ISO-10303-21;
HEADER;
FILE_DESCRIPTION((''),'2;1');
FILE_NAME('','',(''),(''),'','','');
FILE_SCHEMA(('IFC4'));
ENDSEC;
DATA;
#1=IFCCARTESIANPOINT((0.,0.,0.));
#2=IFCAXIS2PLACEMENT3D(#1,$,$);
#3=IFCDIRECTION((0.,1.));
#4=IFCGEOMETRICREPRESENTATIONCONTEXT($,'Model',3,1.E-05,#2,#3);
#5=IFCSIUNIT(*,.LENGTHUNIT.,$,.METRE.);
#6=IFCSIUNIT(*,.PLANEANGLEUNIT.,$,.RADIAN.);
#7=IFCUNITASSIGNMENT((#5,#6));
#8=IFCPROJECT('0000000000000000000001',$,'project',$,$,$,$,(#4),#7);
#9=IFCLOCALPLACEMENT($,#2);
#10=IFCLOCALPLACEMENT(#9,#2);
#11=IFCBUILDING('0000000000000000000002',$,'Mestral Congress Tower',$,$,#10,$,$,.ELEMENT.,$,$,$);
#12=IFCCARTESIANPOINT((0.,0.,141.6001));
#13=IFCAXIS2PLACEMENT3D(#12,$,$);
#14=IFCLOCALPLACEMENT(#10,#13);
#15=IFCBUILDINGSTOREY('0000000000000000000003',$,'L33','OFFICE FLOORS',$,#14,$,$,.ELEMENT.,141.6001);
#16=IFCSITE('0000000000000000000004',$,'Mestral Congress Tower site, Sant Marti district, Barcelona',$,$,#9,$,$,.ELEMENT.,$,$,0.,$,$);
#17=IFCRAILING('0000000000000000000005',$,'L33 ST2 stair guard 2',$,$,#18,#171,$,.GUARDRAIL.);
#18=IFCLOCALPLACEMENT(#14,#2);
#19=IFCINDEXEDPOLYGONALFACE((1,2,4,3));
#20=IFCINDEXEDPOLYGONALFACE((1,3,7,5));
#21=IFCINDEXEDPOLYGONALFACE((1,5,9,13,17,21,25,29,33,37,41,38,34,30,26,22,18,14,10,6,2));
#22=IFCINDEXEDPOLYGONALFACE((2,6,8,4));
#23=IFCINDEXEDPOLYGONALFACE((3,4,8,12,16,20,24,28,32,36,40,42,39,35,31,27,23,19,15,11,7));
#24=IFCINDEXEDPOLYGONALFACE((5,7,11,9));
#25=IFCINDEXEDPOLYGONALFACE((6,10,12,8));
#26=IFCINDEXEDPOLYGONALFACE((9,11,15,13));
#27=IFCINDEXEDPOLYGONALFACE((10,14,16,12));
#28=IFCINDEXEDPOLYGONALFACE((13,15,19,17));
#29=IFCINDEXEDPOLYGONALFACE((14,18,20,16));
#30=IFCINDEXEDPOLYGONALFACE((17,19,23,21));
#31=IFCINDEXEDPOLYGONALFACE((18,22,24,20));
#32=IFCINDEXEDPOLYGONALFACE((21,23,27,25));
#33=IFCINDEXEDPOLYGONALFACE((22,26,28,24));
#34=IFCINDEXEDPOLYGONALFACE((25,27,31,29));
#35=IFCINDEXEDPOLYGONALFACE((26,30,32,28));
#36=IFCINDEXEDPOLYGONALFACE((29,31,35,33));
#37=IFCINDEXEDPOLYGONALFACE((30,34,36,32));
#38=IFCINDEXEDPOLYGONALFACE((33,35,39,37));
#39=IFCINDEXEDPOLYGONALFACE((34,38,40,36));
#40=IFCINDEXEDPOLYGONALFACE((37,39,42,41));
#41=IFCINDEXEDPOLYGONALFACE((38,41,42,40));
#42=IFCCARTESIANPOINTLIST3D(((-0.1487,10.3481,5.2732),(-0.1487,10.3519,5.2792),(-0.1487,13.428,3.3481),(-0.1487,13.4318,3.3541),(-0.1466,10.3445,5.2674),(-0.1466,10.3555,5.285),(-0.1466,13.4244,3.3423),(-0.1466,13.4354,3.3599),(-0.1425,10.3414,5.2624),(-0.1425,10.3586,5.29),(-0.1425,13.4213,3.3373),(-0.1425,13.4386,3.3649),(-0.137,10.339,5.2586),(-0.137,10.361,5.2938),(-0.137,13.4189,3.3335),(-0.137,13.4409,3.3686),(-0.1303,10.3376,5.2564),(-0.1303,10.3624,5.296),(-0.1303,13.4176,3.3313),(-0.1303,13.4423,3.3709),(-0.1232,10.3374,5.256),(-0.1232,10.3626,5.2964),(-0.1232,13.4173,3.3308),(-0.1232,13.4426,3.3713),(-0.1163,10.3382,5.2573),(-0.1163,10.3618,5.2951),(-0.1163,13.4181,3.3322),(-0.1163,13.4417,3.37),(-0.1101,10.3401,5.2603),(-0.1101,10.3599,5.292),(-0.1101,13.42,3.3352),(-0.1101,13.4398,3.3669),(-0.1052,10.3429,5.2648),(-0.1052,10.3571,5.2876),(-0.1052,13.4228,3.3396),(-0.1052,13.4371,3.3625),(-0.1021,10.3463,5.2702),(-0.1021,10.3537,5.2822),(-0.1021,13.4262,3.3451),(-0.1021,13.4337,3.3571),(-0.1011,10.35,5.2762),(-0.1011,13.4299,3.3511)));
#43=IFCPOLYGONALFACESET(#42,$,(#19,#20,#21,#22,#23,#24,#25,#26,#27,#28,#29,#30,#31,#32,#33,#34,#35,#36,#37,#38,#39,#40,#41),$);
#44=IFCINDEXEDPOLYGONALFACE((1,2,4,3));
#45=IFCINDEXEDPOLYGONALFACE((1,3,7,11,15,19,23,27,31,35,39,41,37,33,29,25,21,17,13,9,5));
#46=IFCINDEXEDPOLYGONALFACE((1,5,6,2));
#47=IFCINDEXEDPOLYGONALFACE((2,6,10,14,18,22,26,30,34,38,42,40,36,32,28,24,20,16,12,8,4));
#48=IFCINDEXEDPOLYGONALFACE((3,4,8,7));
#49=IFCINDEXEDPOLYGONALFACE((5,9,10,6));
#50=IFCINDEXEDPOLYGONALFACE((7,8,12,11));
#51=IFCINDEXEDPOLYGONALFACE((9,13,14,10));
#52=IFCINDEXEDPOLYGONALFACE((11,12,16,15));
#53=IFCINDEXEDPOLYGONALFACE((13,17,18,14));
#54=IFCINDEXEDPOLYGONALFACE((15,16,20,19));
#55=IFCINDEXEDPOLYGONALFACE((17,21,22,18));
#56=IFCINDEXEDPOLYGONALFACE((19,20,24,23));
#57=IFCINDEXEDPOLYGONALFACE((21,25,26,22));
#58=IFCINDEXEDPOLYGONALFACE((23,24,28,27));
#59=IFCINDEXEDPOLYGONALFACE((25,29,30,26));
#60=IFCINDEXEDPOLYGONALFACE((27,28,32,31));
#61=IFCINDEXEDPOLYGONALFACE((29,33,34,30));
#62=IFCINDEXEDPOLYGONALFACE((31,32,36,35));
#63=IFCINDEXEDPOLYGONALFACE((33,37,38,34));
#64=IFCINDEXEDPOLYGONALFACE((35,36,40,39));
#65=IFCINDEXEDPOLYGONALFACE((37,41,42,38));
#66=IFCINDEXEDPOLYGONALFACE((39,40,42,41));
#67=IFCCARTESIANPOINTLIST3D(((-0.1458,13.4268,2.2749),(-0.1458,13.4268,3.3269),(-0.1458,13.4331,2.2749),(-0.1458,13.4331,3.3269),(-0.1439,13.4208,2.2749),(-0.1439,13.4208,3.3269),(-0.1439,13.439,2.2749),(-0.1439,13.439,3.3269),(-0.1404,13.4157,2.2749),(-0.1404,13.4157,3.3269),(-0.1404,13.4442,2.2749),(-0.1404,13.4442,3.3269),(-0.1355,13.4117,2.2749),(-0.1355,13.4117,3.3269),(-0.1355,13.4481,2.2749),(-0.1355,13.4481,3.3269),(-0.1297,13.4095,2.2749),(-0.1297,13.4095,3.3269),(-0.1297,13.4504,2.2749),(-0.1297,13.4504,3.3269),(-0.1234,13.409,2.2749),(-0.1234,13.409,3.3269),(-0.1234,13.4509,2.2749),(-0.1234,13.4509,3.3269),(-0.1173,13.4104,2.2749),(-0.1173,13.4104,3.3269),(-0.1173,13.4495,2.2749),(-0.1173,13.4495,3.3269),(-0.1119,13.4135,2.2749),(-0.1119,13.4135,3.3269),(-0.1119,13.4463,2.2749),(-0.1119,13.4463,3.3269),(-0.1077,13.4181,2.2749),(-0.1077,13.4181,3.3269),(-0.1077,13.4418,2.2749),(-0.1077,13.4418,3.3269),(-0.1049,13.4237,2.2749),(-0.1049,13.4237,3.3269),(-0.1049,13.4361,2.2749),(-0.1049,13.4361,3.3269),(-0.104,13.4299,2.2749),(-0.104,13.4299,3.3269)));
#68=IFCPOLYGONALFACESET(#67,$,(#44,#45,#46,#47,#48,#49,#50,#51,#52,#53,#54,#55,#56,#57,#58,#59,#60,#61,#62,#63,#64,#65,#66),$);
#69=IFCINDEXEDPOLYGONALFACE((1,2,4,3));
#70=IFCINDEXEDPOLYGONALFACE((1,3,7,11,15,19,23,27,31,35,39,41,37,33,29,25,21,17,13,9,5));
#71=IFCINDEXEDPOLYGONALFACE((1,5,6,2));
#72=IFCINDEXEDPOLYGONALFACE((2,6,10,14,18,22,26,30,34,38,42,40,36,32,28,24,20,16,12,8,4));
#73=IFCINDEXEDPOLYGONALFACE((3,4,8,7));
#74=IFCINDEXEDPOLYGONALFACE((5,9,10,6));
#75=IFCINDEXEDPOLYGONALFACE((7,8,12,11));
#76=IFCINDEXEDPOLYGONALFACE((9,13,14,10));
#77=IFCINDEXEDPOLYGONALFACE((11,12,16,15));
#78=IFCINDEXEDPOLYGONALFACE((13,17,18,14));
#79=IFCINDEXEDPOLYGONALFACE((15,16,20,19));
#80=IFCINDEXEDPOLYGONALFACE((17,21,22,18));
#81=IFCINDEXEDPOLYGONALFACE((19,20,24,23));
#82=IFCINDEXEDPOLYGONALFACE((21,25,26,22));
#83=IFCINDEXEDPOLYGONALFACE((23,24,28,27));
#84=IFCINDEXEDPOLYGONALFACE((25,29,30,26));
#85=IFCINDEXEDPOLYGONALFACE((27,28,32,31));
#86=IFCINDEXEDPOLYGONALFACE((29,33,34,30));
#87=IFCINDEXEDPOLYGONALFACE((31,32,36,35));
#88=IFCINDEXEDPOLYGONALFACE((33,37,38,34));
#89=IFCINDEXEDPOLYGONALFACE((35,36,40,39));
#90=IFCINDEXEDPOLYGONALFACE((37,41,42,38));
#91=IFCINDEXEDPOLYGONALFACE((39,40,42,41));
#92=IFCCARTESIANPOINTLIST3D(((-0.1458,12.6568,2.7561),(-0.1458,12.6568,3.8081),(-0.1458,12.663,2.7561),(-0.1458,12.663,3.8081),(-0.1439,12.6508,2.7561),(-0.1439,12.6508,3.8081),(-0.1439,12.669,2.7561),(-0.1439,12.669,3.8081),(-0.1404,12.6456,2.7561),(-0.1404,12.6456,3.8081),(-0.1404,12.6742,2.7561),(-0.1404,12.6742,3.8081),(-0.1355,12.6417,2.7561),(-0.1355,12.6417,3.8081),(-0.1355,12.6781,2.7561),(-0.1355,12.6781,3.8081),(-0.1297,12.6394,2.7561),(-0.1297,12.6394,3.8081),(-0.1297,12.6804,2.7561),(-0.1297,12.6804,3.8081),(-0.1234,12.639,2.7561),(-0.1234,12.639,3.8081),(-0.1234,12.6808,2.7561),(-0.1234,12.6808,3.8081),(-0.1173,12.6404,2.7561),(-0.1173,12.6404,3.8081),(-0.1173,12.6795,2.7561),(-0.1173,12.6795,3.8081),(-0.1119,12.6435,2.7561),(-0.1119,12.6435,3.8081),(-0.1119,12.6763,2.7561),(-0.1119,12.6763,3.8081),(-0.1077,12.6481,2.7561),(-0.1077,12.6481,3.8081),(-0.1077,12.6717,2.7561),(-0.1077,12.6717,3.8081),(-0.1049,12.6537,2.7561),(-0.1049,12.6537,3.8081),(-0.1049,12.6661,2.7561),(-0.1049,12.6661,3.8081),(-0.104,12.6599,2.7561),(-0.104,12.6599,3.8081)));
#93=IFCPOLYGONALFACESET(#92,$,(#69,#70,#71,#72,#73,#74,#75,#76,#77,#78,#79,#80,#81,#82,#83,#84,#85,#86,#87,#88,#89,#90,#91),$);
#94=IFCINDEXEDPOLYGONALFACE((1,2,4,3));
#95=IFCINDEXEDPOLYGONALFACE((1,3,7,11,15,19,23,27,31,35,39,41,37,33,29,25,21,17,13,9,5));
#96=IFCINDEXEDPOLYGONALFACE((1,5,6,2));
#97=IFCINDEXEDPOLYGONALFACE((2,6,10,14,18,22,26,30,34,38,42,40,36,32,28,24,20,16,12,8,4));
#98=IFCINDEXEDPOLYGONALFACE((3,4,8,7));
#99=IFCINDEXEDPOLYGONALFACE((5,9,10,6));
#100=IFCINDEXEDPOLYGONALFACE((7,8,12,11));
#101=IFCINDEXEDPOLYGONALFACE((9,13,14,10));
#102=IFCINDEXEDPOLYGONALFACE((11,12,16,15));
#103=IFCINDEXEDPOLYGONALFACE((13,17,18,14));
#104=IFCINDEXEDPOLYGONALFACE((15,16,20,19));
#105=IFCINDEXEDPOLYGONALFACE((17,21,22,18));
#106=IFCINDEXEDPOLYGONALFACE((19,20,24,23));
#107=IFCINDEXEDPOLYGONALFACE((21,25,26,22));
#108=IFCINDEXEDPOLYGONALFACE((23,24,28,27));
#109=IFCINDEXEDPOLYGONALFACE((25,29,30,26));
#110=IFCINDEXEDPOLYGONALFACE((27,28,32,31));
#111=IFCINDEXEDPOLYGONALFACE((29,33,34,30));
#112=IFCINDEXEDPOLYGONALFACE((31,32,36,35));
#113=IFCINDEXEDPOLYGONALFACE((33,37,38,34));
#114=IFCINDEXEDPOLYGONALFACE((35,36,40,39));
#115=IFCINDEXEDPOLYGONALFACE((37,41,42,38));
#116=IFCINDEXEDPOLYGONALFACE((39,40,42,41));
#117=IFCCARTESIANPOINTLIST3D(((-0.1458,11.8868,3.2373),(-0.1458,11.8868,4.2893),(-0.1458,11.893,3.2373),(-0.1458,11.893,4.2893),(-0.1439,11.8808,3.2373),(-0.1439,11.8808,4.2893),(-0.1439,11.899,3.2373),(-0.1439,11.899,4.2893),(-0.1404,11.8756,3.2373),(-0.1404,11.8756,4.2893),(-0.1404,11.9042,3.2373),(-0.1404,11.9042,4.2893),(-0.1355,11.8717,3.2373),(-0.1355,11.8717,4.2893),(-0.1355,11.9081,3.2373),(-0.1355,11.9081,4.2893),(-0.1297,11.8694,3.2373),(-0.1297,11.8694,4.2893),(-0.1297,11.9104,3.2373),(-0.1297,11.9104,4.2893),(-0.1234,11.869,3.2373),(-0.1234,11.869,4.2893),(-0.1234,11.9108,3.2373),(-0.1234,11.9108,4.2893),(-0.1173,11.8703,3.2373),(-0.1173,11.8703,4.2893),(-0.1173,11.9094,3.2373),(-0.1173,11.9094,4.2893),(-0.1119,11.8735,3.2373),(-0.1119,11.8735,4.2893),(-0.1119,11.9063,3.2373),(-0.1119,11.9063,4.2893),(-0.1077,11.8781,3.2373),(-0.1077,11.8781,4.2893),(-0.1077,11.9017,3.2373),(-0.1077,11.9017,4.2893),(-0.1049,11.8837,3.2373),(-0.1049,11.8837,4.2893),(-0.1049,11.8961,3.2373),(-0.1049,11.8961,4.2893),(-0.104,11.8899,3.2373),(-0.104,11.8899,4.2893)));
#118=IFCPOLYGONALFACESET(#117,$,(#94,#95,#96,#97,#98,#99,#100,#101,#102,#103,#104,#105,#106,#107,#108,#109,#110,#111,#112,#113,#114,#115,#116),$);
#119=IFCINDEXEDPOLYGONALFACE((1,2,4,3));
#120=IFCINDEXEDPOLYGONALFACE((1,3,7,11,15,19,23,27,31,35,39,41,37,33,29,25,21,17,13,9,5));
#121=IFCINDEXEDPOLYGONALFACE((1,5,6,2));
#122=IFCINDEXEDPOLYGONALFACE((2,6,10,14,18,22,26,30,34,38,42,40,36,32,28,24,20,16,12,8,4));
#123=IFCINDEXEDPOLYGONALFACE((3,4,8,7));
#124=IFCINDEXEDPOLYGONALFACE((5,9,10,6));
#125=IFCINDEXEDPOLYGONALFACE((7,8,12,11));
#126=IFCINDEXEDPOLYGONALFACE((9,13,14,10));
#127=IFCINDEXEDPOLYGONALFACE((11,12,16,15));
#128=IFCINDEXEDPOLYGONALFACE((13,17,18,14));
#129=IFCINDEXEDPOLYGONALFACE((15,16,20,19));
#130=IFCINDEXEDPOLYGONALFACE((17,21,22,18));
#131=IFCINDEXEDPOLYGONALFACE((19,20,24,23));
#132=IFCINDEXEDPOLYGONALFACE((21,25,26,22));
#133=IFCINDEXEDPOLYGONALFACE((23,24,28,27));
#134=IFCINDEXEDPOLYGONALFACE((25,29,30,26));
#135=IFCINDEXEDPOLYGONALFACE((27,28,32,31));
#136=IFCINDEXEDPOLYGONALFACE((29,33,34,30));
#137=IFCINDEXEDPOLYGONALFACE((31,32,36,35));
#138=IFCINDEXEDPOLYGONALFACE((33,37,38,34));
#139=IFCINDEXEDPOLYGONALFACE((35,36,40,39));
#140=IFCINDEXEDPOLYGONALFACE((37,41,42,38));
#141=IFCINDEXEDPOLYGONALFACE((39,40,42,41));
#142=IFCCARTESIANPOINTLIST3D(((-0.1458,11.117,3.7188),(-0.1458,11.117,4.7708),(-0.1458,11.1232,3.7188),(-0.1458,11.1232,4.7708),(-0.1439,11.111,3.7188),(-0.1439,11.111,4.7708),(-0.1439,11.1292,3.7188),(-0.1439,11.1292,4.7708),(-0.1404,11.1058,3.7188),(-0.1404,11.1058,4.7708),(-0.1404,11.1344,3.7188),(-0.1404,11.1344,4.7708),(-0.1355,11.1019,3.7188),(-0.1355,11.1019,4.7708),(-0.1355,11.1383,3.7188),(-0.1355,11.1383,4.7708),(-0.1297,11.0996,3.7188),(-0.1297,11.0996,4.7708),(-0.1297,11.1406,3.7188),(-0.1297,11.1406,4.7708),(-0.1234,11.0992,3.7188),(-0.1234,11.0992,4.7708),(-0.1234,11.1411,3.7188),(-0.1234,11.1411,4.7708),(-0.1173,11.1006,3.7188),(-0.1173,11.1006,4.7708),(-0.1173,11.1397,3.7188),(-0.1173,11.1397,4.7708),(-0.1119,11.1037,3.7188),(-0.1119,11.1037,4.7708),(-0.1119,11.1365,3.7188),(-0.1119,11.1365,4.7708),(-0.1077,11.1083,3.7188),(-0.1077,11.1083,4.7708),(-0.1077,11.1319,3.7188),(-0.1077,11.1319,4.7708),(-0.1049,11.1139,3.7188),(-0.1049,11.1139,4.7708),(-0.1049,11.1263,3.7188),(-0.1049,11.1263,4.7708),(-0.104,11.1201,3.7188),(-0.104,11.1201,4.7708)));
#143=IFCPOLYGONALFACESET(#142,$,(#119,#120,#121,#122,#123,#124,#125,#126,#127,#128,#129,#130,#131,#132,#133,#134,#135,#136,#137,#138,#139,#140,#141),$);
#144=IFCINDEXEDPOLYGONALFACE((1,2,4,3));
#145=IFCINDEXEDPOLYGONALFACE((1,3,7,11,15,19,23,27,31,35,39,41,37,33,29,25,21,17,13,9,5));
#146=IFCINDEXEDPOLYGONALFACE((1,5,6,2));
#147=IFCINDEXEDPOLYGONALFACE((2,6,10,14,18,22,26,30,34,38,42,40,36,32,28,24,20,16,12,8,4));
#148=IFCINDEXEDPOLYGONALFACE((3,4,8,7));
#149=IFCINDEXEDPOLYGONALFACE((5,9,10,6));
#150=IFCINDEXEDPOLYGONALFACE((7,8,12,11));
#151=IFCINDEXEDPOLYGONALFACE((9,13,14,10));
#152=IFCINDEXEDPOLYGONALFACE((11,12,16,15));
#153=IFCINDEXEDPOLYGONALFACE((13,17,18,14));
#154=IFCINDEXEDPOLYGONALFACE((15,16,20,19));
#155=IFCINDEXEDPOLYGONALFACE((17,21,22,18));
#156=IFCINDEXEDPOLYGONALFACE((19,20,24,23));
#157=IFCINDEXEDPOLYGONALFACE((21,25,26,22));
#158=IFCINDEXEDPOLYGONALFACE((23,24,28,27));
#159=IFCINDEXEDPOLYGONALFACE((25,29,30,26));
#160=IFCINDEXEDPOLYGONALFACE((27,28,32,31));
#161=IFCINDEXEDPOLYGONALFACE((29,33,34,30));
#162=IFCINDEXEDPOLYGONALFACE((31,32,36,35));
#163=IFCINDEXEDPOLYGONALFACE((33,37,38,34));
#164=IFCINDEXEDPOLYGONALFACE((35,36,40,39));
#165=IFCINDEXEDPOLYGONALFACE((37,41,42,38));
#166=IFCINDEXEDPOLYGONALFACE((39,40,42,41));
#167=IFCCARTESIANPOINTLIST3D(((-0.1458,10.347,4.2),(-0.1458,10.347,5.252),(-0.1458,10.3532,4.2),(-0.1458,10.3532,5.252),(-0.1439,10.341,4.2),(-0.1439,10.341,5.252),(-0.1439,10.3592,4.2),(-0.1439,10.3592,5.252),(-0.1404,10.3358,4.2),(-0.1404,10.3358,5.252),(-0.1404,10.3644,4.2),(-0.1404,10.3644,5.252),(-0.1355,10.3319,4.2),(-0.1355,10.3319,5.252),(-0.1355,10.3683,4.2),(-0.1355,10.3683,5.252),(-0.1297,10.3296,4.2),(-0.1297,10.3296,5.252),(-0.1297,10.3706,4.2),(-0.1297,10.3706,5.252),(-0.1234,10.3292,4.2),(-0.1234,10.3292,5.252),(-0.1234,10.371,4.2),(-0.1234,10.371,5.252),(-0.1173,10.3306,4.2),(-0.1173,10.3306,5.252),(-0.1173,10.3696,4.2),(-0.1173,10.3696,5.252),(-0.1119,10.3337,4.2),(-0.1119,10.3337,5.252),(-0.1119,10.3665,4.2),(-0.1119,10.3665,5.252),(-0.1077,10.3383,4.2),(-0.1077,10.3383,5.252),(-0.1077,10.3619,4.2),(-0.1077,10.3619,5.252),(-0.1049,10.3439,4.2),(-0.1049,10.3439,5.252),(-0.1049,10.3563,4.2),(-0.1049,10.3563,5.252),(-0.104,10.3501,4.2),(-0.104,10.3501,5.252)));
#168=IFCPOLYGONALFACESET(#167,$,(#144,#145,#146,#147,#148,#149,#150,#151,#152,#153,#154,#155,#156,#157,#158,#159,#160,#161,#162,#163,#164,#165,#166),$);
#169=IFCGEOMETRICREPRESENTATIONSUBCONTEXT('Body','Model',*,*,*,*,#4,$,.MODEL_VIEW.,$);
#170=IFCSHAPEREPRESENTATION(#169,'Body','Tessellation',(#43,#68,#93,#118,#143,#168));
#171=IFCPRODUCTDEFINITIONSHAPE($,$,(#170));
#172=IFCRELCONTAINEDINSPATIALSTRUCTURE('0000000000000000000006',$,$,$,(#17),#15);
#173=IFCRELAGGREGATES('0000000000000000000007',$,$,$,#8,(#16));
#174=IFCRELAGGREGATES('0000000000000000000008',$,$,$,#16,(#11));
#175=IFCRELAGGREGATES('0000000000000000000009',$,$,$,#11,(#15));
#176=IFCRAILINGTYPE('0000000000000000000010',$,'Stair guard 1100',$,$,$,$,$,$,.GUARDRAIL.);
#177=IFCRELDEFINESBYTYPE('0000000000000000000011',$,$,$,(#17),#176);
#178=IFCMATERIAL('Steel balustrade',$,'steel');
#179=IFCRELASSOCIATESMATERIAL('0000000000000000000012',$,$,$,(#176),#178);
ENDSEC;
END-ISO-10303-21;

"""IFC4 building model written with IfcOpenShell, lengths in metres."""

from ifc_helpers import new_model, si_unit, direction, frame, origin, origin_2d, place, context, subcontext, project, spatial, circle, extrude, material, type_object, element, save


model = new_model("IFC4")

# Units and contexts
model_context = context("Model", 3, precision=1e-05, world=origin(), true_north=direction((0.0, 1.0)))
body_context = subcontext(model_context, "Body", "Model", "MODEL_VIEW")
ifc_project = project(units=[si_unit("LENGTHUNIT", "METRE"), si_unit("PLANEANGLEUNIT", "RADIAN")], contexts=[model_context])

# Site, building, storey
site_placement = place(None, origin())
site = spatial("IfcSite", under=ifc_project, at=site_placement, Name="Mestral Congress Tower site, Sant Marti district, Barcelona", CompositionType="ELEMENT", RefElevation=0.0)
building_placement = place(site_placement, origin())
building = spatial("IfcBuilding", under=site, at=building_placement, Name="Mestral Congress Tower", CompositionType="ELEMENT")
storey_placement = place(building_placement, frame((0.0, 0.0, 141.6001)))
storey = spatial("IfcBuildingStorey", under=building, at=storey_placement, Name="L33", Description="OFFICE FLOORS", CompositionType="ELEMENT", Elevation=141.6001)

# Railing
ifc_material_1 = material(Name="Steel balustrade", Category="steel")
railing_type = type_object("IfcRailingType", Name="Stair guard 1100", PredefinedType="GUARDRAIL", material=ifc_material_1)
railing_placement = place(storey_placement, frame((-0.125, 13.4299, 2.2749)))
element("IfcRailing", 1, at=railing_placement, inside=storey, type_object=railing_type, Name="L33 ST2 stair guard 2", PredefinedType="GUARDRAIL", context=body_context, shape_type="SweptSolid", body=[
    extrude(circle(Radius=0.0239, at=origin_2d()), frame((0.0, 0.0, 1.0762), z_axis=(0.0, -0.847979, 0.530029), x_axis=(1.0, 0.0, 0.0)), (0.0, 0.0, 1.0), 3.6321),
    extrude(circle(Radius=0.021, at=origin_2d()), origin(), (0.0, 0.0, 1.0), 1.052),
    extrude(circle(Radius=0.021, at=origin_2d()), frame((0.0, -0.77, 0.4812)), (0.0, 0.0, 1.0), 1.052),
    extrude(circle(Radius=0.021, at=origin_2d()), frame((0.0, -1.54, 0.9624)), (0.0, 0.0, 1.0), 1.052),
    extrude(circle(Radius=0.021, at=origin_2d()), frame((0.0, -2.3098, 1.4438)), (0.0, 0.0, 1.0), 1.052),
    extrude(circle(Radius=0.021, at=origin_2d()), frame((0.0, -3.0798, 1.925)), (0.0, 0.0, 1.0), 1.052),
])

save(model, "model.ifc")
